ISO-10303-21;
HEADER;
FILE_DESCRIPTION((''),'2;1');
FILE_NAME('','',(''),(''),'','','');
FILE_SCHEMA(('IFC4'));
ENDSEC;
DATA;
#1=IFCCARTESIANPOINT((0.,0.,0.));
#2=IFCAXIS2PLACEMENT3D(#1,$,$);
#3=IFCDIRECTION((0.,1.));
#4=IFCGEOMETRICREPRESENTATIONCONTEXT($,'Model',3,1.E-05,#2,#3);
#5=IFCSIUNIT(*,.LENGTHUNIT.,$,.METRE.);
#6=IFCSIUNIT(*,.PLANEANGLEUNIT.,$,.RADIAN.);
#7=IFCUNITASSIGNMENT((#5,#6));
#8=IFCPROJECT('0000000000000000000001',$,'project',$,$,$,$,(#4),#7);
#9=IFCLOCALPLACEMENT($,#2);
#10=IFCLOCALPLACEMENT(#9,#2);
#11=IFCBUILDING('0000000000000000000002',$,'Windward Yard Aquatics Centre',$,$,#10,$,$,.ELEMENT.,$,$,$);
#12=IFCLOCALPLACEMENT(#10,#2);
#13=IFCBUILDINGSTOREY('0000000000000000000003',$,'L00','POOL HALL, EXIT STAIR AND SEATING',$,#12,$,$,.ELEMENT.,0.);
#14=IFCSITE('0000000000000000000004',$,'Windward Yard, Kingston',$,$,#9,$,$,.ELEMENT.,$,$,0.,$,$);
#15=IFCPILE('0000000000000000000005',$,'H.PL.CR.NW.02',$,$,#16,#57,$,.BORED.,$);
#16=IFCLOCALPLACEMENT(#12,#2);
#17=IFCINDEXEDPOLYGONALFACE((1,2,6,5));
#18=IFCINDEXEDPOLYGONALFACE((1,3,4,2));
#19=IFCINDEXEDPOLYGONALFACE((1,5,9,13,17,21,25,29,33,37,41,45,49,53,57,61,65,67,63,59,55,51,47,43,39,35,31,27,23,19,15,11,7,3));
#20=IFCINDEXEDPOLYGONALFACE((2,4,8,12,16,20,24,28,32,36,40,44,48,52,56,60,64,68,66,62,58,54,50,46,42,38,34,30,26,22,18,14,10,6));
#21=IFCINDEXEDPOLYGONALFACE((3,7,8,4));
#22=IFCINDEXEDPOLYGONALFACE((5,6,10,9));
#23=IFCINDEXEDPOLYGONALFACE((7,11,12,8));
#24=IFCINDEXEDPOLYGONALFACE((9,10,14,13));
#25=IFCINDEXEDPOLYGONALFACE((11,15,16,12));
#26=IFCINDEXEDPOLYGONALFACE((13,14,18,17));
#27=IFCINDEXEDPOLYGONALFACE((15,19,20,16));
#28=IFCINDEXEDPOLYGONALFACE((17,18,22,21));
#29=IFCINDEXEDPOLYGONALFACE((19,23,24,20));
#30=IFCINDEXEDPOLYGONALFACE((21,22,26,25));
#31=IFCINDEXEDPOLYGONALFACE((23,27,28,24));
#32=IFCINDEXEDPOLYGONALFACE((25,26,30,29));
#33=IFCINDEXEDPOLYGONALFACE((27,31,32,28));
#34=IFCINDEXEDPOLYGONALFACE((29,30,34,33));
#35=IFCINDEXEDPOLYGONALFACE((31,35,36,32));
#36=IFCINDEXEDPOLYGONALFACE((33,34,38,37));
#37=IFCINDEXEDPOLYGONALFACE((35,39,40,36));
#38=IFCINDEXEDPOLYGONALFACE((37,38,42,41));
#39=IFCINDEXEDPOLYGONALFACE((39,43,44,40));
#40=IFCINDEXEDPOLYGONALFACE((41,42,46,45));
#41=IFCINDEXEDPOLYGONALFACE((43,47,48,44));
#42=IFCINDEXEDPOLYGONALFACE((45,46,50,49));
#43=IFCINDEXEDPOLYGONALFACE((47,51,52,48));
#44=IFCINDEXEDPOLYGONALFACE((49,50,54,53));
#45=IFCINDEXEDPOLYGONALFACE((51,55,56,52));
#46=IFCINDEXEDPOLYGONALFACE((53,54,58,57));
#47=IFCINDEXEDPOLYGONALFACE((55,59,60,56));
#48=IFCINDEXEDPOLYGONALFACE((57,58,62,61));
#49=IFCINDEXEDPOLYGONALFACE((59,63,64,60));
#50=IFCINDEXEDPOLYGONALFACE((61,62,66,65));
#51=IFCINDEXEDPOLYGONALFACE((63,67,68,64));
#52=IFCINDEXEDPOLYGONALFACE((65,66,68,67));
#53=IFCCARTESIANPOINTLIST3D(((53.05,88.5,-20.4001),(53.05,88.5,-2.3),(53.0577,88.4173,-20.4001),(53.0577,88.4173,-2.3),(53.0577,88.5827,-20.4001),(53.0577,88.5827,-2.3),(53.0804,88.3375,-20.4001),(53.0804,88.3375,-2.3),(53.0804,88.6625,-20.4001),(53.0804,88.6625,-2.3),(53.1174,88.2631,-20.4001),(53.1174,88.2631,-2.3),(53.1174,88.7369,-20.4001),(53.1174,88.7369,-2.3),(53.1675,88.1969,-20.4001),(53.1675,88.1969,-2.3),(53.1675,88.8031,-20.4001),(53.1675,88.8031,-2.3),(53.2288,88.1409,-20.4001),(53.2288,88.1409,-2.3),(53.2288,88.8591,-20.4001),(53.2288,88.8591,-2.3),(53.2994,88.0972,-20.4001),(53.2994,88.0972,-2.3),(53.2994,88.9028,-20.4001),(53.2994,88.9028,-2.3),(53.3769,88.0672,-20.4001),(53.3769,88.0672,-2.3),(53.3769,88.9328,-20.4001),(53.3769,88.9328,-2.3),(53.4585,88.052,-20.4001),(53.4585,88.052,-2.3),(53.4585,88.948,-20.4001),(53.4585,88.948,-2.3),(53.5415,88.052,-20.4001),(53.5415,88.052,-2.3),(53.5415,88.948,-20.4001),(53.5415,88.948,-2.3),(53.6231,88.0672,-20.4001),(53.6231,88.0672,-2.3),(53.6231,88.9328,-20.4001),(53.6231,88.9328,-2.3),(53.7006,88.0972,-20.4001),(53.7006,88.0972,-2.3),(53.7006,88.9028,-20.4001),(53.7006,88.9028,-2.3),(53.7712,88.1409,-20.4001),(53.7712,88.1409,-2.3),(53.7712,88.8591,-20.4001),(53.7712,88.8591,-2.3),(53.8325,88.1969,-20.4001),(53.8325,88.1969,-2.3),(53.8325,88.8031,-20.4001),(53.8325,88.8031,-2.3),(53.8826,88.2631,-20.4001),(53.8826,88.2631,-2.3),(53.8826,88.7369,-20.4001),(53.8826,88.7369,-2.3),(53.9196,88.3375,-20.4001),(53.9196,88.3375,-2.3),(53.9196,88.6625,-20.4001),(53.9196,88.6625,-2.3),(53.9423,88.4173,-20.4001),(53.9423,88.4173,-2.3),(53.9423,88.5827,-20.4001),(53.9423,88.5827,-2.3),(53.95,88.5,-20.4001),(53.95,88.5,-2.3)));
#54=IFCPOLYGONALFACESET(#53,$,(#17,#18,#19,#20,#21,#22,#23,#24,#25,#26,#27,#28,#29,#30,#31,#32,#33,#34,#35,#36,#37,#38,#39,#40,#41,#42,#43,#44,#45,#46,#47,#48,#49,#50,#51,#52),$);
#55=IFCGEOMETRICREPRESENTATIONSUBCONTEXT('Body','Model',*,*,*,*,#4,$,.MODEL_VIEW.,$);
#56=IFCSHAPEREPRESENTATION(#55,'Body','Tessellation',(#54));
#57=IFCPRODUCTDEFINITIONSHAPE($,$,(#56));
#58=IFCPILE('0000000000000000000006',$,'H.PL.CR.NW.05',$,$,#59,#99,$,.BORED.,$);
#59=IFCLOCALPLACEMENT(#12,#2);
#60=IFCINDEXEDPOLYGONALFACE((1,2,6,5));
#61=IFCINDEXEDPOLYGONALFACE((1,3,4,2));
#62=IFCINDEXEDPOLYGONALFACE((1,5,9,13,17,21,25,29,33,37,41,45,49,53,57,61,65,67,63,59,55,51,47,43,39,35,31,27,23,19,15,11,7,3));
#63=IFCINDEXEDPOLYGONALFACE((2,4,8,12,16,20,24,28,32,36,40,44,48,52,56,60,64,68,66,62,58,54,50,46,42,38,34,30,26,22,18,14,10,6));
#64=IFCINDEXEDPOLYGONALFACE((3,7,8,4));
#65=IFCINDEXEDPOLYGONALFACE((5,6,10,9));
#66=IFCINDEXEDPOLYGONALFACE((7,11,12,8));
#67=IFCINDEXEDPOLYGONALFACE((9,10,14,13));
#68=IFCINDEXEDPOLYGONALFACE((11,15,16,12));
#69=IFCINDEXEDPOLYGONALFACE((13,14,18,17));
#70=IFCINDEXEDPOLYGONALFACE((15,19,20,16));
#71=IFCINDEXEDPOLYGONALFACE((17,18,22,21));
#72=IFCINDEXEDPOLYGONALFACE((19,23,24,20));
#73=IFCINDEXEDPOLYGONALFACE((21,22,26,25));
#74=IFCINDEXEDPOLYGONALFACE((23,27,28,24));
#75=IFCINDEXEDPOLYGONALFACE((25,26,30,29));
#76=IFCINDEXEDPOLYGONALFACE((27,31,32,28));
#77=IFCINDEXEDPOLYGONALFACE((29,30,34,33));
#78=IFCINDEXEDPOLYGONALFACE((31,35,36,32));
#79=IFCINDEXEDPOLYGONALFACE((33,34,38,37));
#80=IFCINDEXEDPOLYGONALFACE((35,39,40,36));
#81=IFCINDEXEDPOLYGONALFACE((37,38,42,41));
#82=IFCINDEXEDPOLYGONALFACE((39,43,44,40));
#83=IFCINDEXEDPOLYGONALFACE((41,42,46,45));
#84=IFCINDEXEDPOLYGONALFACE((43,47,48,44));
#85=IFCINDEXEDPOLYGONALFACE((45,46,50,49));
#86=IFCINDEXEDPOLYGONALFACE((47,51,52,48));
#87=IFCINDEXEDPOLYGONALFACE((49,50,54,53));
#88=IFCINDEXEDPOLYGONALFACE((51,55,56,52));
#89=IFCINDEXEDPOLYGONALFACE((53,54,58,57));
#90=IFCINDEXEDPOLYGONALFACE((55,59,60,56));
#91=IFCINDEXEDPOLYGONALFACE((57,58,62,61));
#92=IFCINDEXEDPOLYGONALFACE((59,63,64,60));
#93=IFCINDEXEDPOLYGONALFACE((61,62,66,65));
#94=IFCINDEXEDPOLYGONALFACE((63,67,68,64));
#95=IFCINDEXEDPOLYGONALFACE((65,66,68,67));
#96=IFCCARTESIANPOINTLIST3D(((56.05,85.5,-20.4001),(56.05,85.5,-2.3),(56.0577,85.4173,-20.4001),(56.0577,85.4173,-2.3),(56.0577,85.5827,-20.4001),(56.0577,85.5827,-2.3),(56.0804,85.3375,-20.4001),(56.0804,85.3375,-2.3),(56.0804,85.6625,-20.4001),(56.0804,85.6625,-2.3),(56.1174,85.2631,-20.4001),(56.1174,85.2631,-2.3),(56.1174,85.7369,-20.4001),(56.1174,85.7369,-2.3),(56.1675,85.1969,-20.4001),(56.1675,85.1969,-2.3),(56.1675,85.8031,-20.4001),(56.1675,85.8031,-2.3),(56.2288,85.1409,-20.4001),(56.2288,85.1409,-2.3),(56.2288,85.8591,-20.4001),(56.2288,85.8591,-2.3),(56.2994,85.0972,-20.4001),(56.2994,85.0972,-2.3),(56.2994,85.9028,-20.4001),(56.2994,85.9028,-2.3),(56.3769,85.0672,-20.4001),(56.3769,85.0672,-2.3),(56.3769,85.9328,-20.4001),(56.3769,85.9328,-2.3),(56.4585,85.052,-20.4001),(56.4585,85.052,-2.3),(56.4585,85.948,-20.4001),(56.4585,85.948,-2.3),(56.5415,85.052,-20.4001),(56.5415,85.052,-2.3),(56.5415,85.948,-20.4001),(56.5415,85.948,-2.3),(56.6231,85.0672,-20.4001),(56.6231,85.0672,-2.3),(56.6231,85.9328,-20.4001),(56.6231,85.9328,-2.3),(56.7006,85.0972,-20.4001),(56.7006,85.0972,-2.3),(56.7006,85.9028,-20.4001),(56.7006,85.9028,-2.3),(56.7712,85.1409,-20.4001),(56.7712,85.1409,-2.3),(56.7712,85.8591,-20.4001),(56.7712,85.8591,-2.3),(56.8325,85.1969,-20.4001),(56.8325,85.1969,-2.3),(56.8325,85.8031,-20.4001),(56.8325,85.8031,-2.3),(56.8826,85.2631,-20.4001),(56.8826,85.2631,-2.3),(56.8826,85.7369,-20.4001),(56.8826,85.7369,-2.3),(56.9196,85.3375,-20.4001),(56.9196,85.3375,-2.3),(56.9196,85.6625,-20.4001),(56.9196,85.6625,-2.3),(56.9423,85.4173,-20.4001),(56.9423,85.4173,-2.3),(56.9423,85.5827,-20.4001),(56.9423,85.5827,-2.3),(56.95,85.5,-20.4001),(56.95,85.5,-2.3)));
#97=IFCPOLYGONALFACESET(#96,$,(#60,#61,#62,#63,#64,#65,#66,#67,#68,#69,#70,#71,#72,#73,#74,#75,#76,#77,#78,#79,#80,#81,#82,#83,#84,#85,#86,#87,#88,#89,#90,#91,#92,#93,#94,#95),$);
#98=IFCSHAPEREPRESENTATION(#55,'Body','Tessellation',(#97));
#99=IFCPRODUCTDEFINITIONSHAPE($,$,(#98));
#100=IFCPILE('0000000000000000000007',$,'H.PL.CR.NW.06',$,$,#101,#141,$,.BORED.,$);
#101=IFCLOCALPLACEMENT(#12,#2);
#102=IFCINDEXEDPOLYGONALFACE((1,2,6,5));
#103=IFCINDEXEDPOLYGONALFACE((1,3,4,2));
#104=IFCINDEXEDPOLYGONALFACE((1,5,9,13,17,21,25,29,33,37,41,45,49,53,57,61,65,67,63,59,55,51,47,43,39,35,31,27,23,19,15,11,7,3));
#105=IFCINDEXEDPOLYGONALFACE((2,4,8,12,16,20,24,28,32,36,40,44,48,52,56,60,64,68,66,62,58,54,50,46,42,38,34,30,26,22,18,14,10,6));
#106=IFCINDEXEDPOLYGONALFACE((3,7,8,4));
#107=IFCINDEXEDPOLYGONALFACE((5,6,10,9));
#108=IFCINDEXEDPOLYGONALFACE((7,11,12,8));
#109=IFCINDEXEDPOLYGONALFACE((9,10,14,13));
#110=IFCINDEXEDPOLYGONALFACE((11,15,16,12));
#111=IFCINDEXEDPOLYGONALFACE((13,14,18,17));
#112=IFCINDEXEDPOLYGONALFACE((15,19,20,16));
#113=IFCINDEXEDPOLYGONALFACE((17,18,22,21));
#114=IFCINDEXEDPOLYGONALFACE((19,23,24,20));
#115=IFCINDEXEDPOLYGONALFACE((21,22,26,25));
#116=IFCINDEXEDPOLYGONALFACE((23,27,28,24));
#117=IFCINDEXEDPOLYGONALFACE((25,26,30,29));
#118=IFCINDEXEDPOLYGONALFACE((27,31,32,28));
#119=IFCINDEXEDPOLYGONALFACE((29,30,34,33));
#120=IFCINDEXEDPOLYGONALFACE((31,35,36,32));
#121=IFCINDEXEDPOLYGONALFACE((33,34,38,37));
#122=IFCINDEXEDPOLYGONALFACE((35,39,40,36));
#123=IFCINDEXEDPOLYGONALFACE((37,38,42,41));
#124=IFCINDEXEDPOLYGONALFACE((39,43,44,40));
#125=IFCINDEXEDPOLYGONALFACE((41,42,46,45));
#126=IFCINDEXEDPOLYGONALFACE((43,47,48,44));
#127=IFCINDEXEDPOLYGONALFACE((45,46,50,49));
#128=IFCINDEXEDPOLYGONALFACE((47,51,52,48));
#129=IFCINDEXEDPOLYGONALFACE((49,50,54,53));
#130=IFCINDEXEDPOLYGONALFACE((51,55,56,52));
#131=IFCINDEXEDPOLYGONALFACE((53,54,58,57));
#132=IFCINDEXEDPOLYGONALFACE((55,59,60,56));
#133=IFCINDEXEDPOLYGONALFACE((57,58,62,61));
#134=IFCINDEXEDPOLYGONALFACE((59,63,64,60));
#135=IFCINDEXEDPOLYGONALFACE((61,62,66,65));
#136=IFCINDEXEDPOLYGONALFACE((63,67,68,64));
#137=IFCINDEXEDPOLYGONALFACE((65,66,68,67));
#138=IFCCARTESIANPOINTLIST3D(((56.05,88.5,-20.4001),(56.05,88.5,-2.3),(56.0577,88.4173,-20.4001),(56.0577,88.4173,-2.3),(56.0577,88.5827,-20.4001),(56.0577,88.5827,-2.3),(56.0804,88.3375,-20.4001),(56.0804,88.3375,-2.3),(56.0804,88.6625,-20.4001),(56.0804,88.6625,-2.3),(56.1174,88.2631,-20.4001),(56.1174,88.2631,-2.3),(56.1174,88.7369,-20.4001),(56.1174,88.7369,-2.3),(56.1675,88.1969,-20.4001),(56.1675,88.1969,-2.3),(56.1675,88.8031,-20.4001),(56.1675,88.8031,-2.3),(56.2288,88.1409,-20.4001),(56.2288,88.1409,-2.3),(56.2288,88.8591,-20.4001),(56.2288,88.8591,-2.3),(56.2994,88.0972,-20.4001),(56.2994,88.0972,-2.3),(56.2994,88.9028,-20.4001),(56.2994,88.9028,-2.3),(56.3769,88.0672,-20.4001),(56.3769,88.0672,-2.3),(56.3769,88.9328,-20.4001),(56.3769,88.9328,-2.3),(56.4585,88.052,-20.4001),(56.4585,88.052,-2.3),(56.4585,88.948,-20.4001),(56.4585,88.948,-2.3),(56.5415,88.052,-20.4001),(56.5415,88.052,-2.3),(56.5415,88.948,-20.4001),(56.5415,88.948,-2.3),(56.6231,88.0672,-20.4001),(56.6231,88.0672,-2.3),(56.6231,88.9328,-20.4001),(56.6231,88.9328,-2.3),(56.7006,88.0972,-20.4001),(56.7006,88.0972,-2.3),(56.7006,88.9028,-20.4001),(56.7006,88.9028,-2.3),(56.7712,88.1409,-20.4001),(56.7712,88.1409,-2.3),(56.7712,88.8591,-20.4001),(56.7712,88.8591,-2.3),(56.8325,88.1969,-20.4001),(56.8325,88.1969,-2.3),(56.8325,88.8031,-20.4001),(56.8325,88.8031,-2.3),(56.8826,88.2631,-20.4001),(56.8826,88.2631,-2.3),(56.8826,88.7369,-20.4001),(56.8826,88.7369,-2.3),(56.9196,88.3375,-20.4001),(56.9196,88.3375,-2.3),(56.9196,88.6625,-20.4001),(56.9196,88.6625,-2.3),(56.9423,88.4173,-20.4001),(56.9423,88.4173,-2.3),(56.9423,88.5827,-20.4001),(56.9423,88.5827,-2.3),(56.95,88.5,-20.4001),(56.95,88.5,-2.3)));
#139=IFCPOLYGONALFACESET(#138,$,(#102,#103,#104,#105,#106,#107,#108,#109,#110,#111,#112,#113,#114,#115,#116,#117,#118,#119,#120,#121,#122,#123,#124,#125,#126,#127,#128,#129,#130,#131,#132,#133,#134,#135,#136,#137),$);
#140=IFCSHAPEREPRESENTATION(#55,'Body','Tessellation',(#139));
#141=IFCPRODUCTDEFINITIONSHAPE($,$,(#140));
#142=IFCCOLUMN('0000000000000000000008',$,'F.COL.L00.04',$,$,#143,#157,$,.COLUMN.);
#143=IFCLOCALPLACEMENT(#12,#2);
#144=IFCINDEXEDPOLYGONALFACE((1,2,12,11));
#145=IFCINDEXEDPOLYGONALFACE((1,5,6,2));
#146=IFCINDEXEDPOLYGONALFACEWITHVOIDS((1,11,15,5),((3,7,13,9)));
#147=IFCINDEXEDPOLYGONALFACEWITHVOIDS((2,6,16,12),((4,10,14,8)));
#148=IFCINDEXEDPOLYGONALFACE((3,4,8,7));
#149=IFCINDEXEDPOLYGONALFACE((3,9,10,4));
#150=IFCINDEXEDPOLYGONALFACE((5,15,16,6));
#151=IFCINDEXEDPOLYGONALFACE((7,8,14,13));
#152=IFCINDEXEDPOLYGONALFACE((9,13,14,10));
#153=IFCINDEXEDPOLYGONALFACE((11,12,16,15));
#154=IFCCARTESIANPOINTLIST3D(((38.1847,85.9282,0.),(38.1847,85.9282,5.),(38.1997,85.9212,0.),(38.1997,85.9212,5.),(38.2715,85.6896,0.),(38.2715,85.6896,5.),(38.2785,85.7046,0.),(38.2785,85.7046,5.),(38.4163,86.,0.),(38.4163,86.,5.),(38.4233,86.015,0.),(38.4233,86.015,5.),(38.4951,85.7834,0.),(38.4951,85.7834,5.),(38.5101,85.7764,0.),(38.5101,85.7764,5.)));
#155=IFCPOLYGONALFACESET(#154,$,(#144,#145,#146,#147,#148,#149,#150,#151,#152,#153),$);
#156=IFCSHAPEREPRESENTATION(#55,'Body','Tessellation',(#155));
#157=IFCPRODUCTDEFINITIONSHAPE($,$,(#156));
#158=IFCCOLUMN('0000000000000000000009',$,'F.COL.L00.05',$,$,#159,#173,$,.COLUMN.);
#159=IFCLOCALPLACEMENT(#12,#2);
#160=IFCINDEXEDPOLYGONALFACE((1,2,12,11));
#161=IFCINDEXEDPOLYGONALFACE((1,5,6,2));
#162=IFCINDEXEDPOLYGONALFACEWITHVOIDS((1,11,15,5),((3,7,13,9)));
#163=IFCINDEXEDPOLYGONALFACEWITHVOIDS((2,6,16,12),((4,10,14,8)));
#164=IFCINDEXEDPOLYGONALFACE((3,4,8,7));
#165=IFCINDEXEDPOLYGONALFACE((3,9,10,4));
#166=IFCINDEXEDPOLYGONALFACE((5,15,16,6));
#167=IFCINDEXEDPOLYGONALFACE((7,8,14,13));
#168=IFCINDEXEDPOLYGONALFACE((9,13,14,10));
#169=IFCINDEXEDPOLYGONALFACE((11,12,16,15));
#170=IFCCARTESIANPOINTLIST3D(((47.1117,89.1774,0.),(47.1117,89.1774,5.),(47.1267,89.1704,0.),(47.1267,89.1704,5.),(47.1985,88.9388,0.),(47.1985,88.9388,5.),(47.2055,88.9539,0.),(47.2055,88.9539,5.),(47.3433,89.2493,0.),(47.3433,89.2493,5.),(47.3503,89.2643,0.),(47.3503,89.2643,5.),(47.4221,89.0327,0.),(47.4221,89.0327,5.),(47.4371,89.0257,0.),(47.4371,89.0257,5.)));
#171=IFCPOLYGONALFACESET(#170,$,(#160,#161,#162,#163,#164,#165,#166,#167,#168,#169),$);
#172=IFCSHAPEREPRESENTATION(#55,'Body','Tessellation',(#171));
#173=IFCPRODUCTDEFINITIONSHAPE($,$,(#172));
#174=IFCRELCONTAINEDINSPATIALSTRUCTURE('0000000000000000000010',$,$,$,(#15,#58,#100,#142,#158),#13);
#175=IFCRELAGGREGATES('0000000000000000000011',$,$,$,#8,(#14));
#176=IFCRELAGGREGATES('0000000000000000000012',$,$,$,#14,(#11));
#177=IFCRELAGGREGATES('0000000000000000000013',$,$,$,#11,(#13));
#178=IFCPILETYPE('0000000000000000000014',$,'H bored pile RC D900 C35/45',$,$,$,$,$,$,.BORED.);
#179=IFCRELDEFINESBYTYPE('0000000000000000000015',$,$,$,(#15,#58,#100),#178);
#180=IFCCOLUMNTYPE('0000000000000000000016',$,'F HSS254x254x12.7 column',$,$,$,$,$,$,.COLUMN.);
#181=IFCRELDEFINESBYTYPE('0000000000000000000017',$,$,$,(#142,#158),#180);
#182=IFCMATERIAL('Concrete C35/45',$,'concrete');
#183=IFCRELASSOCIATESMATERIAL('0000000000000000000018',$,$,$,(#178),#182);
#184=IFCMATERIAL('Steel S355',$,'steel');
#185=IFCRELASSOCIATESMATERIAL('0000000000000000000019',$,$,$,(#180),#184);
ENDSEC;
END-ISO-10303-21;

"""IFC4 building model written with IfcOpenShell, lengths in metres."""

from ifc_helpers import new_model, si_unit, direction, frame, origin, origin_2d, place, context, subcontext, project, spatial, hollow_rectangle, circle, extrude, material, material_profile, profile_set, type_object, element, save


model = new_model("IFC4")

# Units and contexts
model_context = context("Model", 3, precision=1e-05, world=origin(), true_north=direction((0.0, 1.0)))
body_context = subcontext(model_context, "Body", "Model", "MODEL_VIEW")
ifc_project = project(units=[si_unit("LENGTHUNIT", "METRE"), si_unit("PLANEANGLEUNIT", "RADIAN")], contexts=[model_context])

# Site, building, storey
site_placement = place(None, origin())
site = spatial("IfcSite", under=ifc_project, at=site_placement, Name="Windward Yard, Kingston", CompositionType="ELEMENT", RefElevation=0.0)
building_placement = place(site_placement, origin())
building = spatial("IfcBuilding", under=site, at=building_placement, Name="Windward Yard Aquatics Centre", CompositionType="ELEMENT")
storey_placement = place(building_placement, origin())
storey = spatial("IfcBuildingStorey", under=building, at=storey_placement, Name="L00", Description="POOL HALL, EXIT STAIR AND SEATING", CompositionType="ELEMENT", Elevation=0.0)

# Piles
ifc_material_1 = material(Name="Concrete C35/45", Category="concrete")
ifc_material_profile_1 = material_profile(ifc_material_1, circle(Radius=0.45, at=origin_2d()), Name="RC D900")
ifc_profile_set_1 = profile_set([ifc_material_profile_1], Name="Concrete C35/45")
pile_type_1 = type_object("IfcPileType", Name="H bored pile RC D900 C35/45", PredefinedType="BORED", material=ifc_profile_set_1)
for number, where, z_axis, x_axis, name in (
    (1, (53.5, 88.5, -2.3), (0.0, 0.0, -1.0), (1.0, 0.0, 0.0), "H.PL.CR.NW.02"),
    (2, (56.5, 85.5, -2.3), (0.0, 0.0, -1.0), (1.0, 0.0, 0.0), "H.PL.CR.NW.05"),
    (3, (56.5, 88.5, -2.3), (0.0, 0.0, -1.0), (1.0, 0.0, 0.0), "H.PL.CR.NW.06"),
):
    element("IfcPile", number, at=place(storey_placement, frame(where, z_axis=z_axis, x_axis=x_axis)), inside=storey, type_object=pile_type_1, Name=name, PredefinedType="BORED", context=body_context, shape_type="SweptSolid", body=[
        extrude(circle(Radius=0.45, at=origin_2d()), origin(), (0.0, 0.0, 1.0), 18.1001),
    ])

# Columns
ifc_material_2 = material(Name="Steel S355", Category="steel")
ifc_material_profile_2 = material_profile(ifc_material_2, hollow_rectangle(XDim=0.2539, YDim=0.2539, WallThickness=0.0117, at=origin_2d()), Name="HSS254x254x12.7")
ifc_profile_set_2 = profile_set([ifc_material_profile_2], Name="Steel S355")
column_type = type_object("IfcColumnType", Name="F HSS254x254x12.7 column", PredefinedType="COLUMN", material=ifc_profile_set_2)
for number, where, z_axis, x_axis, name in (
    (4, (38.3474, 85.8523, 0.0), (0.0, 0.0, 1.0), (0.939693, 0.34202, 0.0), "F.COL.L00.04"),
    (5, (47.2744, 89.1016, 0.0), (0.0, 0.0, 1.0), (0.939693, 0.34202, 0.0), "F.COL.L00.05"),
):
    element("IfcColumn", number, at=place(storey_placement, frame(where, z_axis=z_axis, x_axis=x_axis)), inside=storey, type_object=column_type, Name=name, PredefinedType="COLUMN", context=body_context, shape_type="SweptSolid", body=[
        extrude(hollow_rectangle(XDim=0.2539, YDim=0.2539, WallThickness=0.0117, at=origin_2d()), origin(), (0.0, 0.0, 1.0), 5.0),
    ])

save(model, "model.ifc")
